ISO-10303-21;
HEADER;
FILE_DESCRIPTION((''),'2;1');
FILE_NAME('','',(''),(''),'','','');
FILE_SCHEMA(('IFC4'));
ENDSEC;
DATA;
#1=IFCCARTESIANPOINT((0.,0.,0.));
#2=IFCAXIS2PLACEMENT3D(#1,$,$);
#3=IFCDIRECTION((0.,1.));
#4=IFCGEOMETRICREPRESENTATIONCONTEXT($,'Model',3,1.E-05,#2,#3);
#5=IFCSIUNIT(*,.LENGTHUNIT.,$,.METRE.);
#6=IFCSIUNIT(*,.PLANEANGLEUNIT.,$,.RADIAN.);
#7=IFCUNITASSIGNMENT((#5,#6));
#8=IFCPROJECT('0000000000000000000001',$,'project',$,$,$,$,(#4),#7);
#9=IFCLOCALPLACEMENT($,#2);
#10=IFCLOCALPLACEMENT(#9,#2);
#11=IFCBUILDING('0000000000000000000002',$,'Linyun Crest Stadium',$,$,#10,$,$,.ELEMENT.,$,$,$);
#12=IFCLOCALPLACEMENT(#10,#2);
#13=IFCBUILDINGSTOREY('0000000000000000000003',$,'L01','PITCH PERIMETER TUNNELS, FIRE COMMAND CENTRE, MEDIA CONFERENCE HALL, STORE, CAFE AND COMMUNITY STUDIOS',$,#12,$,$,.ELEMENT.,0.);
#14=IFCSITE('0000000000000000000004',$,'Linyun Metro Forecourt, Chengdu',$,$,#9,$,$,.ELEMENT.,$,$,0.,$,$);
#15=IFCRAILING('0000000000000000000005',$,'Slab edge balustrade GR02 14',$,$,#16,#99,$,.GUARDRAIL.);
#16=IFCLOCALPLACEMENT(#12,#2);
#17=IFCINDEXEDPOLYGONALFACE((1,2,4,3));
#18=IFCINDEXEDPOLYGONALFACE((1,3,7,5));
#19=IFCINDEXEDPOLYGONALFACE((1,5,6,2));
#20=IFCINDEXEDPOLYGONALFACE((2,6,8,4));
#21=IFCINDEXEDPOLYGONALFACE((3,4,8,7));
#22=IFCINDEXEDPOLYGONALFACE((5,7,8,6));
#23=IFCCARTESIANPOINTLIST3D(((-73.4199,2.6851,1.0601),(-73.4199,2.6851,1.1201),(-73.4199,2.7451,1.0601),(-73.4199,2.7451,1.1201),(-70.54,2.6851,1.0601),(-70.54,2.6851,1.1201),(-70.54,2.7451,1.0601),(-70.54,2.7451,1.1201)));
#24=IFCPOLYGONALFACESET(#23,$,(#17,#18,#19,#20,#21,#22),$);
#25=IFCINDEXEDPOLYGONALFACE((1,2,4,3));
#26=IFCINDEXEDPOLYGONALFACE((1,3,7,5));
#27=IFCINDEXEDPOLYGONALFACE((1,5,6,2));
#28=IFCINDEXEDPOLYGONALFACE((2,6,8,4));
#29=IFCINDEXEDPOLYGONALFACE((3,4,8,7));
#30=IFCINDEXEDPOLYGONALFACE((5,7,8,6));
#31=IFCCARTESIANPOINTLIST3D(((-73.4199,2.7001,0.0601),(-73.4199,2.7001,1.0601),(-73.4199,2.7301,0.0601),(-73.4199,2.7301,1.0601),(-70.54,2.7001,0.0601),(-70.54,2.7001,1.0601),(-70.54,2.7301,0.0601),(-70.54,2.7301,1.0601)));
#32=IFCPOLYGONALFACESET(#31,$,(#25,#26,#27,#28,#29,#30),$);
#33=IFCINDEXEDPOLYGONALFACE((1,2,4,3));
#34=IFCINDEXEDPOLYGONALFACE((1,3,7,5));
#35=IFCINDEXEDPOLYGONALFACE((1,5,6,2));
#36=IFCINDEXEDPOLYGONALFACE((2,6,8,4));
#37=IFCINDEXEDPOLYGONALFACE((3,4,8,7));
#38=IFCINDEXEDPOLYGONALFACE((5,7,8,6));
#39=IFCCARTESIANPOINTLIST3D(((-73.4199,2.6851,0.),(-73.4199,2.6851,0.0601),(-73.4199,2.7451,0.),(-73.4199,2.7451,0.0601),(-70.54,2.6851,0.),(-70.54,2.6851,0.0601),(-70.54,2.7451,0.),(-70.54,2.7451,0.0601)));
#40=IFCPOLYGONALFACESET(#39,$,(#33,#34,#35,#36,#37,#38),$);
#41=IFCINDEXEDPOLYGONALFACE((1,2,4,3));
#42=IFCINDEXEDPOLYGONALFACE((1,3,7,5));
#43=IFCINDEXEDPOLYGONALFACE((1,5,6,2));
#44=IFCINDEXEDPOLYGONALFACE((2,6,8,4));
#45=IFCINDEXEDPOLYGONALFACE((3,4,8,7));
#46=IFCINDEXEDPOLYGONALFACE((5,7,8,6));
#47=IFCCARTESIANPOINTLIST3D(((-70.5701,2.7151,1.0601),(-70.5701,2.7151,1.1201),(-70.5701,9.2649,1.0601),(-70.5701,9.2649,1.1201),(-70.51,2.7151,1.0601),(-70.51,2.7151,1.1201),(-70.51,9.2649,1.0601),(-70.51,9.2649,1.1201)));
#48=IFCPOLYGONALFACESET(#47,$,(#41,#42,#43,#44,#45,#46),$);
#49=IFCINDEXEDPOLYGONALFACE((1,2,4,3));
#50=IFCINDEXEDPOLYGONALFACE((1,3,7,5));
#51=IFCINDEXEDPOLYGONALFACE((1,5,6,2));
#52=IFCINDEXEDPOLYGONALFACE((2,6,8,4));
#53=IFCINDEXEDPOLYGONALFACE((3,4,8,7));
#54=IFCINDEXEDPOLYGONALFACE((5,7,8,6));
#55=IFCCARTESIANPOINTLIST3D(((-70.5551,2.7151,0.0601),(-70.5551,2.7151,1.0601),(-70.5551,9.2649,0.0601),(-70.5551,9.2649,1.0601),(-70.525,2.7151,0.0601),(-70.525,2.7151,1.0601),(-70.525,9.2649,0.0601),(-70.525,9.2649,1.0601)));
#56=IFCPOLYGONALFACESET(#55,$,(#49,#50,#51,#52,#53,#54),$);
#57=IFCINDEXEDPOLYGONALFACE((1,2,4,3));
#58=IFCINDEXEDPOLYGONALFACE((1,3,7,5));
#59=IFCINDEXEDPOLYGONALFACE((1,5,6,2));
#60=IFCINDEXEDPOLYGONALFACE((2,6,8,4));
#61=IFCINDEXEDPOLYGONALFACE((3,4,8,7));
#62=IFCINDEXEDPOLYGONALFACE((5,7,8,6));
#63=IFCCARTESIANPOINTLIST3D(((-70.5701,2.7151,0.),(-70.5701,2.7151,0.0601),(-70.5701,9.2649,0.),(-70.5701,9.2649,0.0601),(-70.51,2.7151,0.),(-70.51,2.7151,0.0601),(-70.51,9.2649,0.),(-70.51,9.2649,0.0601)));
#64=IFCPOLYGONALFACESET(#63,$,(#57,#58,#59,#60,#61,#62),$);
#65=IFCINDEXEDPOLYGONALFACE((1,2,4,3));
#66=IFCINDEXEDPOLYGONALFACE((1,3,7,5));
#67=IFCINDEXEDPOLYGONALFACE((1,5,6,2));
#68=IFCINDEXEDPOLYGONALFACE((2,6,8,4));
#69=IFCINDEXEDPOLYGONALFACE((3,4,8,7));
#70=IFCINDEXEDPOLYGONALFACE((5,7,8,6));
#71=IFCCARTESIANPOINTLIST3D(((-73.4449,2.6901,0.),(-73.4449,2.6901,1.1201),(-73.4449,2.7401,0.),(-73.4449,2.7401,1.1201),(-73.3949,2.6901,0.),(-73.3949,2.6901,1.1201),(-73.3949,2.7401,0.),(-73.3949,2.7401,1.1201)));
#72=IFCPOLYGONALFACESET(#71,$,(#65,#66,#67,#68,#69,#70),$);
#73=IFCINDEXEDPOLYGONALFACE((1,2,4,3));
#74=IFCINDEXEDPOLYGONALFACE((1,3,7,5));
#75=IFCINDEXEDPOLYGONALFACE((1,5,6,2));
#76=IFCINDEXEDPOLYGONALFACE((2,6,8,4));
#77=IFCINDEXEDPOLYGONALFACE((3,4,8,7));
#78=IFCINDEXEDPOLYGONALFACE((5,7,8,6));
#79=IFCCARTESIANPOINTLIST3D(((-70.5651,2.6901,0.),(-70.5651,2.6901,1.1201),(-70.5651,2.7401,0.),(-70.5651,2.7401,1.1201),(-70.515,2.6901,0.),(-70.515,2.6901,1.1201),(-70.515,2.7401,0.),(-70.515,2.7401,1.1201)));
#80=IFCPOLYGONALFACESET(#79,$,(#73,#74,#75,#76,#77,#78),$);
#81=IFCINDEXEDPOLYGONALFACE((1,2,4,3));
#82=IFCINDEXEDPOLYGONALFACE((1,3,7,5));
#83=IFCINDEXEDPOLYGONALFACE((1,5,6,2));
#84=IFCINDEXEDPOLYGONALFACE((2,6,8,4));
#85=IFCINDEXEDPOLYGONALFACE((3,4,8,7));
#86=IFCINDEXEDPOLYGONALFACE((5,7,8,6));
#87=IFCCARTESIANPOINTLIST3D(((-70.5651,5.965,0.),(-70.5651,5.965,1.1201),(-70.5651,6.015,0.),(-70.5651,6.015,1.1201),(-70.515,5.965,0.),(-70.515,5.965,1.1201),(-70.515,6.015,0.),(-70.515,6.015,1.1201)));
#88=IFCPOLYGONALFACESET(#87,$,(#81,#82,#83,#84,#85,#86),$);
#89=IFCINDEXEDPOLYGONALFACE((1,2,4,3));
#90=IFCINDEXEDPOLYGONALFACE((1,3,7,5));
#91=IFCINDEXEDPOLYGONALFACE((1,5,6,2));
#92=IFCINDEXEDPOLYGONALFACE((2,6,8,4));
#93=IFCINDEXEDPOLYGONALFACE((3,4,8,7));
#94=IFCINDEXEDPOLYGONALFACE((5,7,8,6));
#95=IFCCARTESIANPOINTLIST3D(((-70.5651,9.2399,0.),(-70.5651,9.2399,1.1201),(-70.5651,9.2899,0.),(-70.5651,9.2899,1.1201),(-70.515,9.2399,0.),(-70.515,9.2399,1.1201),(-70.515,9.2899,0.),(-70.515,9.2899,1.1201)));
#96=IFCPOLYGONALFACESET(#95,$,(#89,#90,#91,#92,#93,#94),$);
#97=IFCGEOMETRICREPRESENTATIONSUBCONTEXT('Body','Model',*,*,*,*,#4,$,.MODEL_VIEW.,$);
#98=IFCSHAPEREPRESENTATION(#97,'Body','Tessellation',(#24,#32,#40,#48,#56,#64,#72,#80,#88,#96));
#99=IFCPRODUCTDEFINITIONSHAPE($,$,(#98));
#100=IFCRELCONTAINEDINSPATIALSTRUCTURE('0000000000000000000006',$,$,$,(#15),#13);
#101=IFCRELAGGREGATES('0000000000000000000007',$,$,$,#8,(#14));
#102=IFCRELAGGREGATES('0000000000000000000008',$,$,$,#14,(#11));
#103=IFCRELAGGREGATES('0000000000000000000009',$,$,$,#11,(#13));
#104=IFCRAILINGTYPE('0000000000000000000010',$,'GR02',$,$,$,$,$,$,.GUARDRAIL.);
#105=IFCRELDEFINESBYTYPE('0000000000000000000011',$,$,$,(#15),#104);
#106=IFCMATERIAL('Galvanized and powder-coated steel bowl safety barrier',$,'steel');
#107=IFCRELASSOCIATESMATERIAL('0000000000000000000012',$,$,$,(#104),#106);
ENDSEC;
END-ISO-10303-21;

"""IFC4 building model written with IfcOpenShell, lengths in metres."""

from ifc_helpers import new_model, si_unit, direction, frame, origin, origin_2d, place, context, subcontext, project, spatial, rectangle, extrude, material, type_object, element, save


model = new_model("IFC4")

# Units and contexts
model_context = context("Model", 3, precision=1e-05, world=origin(), true_north=direction((0.0, 1.0)))
body_context = subcontext(model_context, "Body", "Model", "MODEL_VIEW")
ifc_project = project(units=[si_unit("LENGTHUNIT", "METRE"), si_unit("PLANEANGLEUNIT", "RADIAN")], contexts=[model_context])

# Site, building, storey
site_placement = place(None, origin())
site = spatial("IfcSite", under=ifc_project, at=site_placement, Name="Linyun Metro Forecourt, Chengdu", CompositionType="ELEMENT", RefElevation=0.0)
building_placement = place(site_placement, origin())
building = spatial("IfcBuilding", under=site, at=building_placement, Name="Linyun Crest Stadium", CompositionType="ELEMENT")
storey_placement = place(building_placement, origin())
storey = spatial("IfcBuildingStorey", under=building, at=storey_placement, Name="L01", Description="PITCH PERIMETER TUNNELS, FIRE COMMAND CENTRE, MEDIA CONFERENCE HALL, STORE, CAFE AND COMMUNITY STUDIOS", CompositionType="ELEMENT", Elevation=0.0)

# Railing
ifc_material_1 = material(Name="Galvanized and powder-coated steel bowl safety barrier", Category="steel")
railing_type = type_object("IfcRailingType", Name="GR02", PredefinedType="GUARDRAIL", material=ifc_material_1)
railing_placement = place(storey_placement, frame((-73.4199, 2.7151, 0.0)))
element("IfcRailing", 1, at=railing_placement, inside=storey, type_object=railing_type, Name="Slab edge balustrade GR02 14", PredefinedType="GUARDRAIL", context=body_context, shape_type="SweptSolid", body=[
    extrude(rectangle(XDim=0.0601, YDim=0.0601, at=origin_2d()), frame((0.0, 0.0, 1.0901), z_axis=(1.0, 0.0, 0.0), x_axis=(0.0, 1.0, 0.0)), (0.0, 0.0, 1.0), 2.8799),
    extrude(rectangle(XDim=0.03, YDim=1.0, at=origin_2d()), frame((0.0, 0.0, 0.5601), z_axis=(1.0, 0.0, 0.0), x_axis=(0.0, 1.0, 0.0)), (0.0, 0.0, 1.0), 2.8799),
    extrude(rectangle(XDim=0.0601, YDim=0.0601, at=origin_2d()), frame((0.0, 0.0, 0.03), z_axis=(1.0, 0.0, 0.0), x_axis=(0.0, 1.0, 0.0)), (0.0, 0.0, 1.0), 2.8799),
    extrude(rectangle(XDim=0.0601, YDim=0.0601, at=origin_2d()), frame((2.8799, 0.0, 1.0901), z_axis=(0.0, 1.0, 0.0), x_axis=(-1.0, 0.0, 0.0)), (0.0, 0.0, 1.0), 6.5498),
    extrude(rectangle(XDim=0.03, YDim=1.0, at=origin_2d()), frame((2.8799, 0.0, 0.5601), z_axis=(0.0, 1.0, 0.0), x_axis=(-1.0, 0.0, 0.0)), (0.0, 0.0, 1.0), 6.5498),
    extrude(rectangle(XDim=0.0601, YDim=0.0601, at=origin_2d()), frame((2.8799, 0.0, 0.03), z_axis=(0.0, 1.0, 0.0), x_axis=(-1.0, 0.0, 0.0)), (0.0, 0.0, 1.0), 6.5498),
    extrude(rectangle(XDim=0.05, YDim=0.05, at=origin_2d()), origin(), (0.0, 0.0, 1.0), 1.1201),
    extrude(rectangle(XDim=0.05, YDim=0.05, at=origin_2d()), frame((2.8799, 0.0, 0.0)), (0.0, 0.0, 1.0), 1.1201),
    extrude(rectangle(XDim=0.05, YDim=0.05, at=origin_2d()), frame((2.8799, 3.2749, 0.0)), (0.0, 0.0, 1.0), 1.1201),
    extrude(rectangle(XDim=0.05, YDim=0.05, at=origin_2d()), frame((2.8799, 6.5498, 0.0)), (0.0, 0.0, 1.0), 1.1201),
])

save(model, "model.ifc")
